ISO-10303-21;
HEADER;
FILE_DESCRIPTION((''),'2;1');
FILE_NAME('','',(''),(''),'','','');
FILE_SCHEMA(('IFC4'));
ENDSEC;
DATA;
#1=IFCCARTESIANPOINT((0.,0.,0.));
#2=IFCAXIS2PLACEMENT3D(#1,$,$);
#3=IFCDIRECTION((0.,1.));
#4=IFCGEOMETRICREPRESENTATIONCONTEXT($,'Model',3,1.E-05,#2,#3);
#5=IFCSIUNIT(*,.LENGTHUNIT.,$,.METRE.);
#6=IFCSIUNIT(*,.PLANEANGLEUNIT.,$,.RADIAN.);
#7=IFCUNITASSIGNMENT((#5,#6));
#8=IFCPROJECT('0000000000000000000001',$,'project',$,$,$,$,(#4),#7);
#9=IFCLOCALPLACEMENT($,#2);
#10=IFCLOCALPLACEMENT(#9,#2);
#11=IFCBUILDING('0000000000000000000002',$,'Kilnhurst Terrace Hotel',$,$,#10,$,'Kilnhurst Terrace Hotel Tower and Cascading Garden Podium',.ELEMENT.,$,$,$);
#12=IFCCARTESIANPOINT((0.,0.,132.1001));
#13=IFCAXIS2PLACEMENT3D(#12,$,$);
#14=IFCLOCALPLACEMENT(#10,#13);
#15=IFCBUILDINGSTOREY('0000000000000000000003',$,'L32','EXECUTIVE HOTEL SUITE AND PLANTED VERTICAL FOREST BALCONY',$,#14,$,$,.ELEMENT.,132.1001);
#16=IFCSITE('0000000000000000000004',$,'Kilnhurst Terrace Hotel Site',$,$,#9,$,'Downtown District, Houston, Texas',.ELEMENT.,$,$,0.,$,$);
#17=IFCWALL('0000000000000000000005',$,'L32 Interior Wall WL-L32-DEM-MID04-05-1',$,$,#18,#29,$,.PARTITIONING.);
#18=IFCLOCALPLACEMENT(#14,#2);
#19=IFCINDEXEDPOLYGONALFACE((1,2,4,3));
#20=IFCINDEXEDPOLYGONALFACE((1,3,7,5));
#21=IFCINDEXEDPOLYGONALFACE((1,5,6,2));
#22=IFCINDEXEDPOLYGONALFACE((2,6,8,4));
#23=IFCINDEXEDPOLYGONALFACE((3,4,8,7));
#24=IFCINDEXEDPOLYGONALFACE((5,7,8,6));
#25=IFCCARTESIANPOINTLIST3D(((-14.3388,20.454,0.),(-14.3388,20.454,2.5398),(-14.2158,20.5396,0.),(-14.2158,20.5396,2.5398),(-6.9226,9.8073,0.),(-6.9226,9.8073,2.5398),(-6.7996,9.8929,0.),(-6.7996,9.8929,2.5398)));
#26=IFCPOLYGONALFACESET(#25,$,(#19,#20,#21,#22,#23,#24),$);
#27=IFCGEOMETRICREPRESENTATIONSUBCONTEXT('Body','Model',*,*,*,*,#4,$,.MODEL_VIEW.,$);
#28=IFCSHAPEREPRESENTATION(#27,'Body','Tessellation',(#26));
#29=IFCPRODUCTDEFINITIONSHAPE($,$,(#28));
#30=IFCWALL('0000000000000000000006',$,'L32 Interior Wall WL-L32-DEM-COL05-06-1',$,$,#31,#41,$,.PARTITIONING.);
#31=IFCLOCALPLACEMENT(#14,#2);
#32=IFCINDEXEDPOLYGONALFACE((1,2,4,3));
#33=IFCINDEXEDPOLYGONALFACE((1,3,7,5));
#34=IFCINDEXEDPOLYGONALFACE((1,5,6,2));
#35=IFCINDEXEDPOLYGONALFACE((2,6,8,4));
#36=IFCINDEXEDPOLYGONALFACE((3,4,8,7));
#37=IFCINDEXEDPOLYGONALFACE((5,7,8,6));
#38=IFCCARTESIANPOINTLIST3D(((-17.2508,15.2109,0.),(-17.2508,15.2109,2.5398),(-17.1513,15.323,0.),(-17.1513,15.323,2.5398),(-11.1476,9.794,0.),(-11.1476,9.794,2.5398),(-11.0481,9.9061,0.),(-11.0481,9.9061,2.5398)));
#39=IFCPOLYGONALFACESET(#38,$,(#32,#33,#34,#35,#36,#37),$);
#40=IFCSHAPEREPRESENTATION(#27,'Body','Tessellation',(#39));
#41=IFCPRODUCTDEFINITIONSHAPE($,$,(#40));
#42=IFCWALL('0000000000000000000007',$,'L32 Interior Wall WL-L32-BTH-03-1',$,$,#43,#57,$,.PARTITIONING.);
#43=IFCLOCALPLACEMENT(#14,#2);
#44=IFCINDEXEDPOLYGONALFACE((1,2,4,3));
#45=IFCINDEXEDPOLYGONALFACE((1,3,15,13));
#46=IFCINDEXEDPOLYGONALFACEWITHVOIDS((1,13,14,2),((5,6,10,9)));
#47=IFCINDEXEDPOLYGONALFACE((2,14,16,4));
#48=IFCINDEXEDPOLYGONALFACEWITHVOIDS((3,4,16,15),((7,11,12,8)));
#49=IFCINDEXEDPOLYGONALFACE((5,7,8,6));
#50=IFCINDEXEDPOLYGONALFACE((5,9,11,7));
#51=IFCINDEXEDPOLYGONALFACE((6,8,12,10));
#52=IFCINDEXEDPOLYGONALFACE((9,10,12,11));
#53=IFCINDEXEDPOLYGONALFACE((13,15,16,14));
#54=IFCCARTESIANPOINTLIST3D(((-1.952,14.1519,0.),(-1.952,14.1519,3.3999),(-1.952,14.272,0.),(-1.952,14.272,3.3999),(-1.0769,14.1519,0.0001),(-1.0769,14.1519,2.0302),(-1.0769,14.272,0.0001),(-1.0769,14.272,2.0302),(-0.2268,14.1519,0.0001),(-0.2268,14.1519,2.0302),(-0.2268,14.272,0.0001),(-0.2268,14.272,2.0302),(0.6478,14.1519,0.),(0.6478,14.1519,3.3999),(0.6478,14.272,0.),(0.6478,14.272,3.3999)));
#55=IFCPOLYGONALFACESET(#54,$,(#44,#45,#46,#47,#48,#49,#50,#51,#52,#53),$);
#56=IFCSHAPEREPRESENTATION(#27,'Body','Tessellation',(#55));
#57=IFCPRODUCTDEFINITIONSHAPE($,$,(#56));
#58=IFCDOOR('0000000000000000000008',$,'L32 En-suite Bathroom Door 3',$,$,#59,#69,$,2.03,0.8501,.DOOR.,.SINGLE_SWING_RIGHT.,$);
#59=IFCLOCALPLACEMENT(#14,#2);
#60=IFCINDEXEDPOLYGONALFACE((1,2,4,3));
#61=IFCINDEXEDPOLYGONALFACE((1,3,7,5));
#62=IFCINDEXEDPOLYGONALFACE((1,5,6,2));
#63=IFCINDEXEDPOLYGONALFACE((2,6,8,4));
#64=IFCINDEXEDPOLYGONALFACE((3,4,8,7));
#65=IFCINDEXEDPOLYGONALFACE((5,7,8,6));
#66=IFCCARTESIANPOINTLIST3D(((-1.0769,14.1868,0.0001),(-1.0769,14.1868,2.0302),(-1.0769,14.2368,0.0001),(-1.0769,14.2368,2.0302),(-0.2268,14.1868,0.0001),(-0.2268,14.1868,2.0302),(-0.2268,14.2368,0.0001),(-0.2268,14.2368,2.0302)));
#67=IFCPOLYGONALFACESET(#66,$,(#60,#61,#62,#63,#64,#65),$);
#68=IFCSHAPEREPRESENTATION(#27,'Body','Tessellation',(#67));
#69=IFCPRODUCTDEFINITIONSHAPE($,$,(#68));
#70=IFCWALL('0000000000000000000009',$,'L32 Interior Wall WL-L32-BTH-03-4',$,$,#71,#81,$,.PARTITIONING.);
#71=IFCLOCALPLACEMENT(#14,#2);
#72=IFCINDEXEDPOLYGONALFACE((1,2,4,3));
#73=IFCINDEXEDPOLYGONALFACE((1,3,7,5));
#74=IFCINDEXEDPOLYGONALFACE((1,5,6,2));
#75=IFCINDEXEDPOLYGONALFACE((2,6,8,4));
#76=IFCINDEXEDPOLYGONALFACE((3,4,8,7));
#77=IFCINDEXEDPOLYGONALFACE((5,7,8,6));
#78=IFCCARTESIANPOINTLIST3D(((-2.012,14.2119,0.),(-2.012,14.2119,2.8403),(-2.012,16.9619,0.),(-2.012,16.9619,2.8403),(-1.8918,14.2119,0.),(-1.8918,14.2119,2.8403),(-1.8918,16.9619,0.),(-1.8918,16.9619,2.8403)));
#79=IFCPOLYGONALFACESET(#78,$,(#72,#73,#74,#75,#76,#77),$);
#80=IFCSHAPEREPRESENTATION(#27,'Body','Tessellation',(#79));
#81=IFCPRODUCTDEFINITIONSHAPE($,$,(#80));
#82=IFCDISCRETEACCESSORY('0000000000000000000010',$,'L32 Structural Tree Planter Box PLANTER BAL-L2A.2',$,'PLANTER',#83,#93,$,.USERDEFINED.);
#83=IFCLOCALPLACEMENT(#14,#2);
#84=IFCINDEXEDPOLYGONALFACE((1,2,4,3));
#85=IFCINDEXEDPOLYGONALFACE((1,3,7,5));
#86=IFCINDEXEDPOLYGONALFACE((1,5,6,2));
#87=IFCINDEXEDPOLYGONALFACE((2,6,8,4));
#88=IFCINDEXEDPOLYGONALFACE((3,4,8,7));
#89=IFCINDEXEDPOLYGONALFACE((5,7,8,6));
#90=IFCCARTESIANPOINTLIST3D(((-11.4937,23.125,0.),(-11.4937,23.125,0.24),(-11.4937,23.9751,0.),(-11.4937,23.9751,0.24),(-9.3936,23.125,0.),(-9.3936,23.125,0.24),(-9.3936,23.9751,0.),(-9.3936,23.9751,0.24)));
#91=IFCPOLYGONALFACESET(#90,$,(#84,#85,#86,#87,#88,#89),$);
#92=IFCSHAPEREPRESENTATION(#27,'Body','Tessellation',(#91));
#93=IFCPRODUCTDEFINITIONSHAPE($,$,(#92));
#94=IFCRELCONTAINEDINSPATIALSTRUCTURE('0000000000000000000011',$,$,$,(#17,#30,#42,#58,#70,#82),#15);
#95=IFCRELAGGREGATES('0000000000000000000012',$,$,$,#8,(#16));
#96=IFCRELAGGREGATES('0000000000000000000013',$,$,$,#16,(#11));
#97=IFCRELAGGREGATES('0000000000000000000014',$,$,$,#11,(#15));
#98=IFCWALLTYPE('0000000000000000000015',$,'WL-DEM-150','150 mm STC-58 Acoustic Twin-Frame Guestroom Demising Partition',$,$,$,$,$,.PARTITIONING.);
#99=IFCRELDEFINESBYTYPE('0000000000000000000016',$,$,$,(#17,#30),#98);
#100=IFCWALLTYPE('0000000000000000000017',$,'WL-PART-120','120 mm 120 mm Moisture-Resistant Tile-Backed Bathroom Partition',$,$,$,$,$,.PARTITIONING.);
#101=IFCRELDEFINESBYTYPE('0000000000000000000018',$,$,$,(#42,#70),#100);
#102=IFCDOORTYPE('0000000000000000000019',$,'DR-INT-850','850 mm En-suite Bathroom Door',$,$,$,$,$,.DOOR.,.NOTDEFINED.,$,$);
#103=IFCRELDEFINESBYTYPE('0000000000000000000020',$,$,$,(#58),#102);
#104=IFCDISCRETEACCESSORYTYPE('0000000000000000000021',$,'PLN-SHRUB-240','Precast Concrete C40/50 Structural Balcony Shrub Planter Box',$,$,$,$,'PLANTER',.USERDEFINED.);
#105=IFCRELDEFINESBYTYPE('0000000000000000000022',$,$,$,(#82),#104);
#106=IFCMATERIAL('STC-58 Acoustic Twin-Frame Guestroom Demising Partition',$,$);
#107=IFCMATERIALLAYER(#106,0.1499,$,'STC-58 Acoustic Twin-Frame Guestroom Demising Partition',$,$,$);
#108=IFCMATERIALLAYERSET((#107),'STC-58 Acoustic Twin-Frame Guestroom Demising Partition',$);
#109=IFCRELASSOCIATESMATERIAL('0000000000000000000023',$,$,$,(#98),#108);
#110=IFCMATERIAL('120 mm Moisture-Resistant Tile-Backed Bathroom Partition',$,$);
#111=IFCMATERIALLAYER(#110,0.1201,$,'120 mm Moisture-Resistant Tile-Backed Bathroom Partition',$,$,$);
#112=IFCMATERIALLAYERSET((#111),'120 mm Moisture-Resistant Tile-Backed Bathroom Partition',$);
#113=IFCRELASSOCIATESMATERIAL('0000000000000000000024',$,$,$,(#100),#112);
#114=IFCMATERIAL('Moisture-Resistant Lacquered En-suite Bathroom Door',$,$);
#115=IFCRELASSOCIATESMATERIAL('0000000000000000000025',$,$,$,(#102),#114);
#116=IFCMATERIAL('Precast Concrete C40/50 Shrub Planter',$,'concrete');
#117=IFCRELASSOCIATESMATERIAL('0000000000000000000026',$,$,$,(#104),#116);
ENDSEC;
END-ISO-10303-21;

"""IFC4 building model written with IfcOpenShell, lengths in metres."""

from ifc_helpers import new_model, si_unit, direction, frame, frame_2d, origin, origin_2d, place, context, subcontext, project, spatial, rectangle, extrude, material, layer, layer_set, type_object, element, fill, save


model = new_model("IFC4")

# Units and contexts
model_context = context("Model", 3, precision=1e-05, world=origin(), true_north=direction((0.0, 1.0)))
body_context = subcontext(model_context, "Body", "Model", "MODEL_VIEW")
ifc_project = project(units=[si_unit("LENGTHUNIT", "METRE"), si_unit("PLANEANGLEUNIT", "RADIAN")], contexts=[model_context])

# Site, building, storey
site_placement = place(None, origin())
site = spatial("IfcSite", under=ifc_project, at=site_placement, Name="Kilnhurst Terrace Hotel Site", LongName="Downtown District, Houston, Texas", CompositionType="ELEMENT", RefElevation=0.0)
building_placement = place(site_placement, origin())
building = spatial("IfcBuilding", under=site, at=building_placement, Name="Kilnhurst Terrace Hotel", LongName="Kilnhurst Terrace Hotel Tower and Cascading Garden Podium", CompositionType="ELEMENT")
storey_placement = place(building_placement, frame((0.0, 0.0, 132.1001)))
storey = spatial("IfcBuildingStorey", under=building, at=storey_placement, Name="L32", Description="EXECUTIVE HOTEL SUITE AND PLANTED VERTICAL FOREST BALCONY", CompositionType="ELEMENT", Elevation=132.1001)

# Walls
ifc_material_1 = material(Name="STC-58 Acoustic Twin-Frame Guestroom Demising Partition")
ifc_layer_1 = layer(ifc_material_1, 0.1499, Name="STC-58 Acoustic Twin-Frame Guestroom Demising Partition")
ifc_layer_set_1 = layer_set([ifc_layer_1], Name="STC-58 Acoustic Twin-Frame Guestroom Demising Partition")
wall_type_1 = type_object("IfcWallType", Name="WL-DEM-150", Description="150 mm STC-58 Acoustic Twin-Frame Guestroom Demising Partition", PredefinedType="PARTITIONING", material=ifc_layer_set_1)
wall_1_placement = place(storey_placement, frame((-6.8611, 9.8501, 0.0), z_axis=(0.0, 0.0, 1.0), x_axis=(-0.571575, 0.82055, 0.0)))
element("IfcWall", 1, at=wall_1_placement, inside=storey, type_object=wall_type_1, Name="L32 Interior Wall WL-L32-DEM-MID04-05-1", PredefinedType="PARTITIONING", context=body_context, shape_type="SweptSolid", body=[
    extrude(rectangle(XDim=12.9751, YDim=0.1499, at=frame_2d((6.4875, 0.0))), origin(), (0.0, 0.0, 1.0), 2.5398),
])
wall_2_placement = place(storey_placement, frame((-11.0979, 9.8501, 0.0), z_axis=(0.0, 0.0, 1.0), x_axis=(-0.747904, 0.663807, 0.0)))
element("IfcWall", 2, at=wall_2_placement, inside=storey, type_object=wall_type_1, Name="L32 Interior Wall WL-L32-DEM-COL05-06-1", PredefinedType="PARTITIONING", context=body_context, shape_type="SweptSolid", body=[
    extrude(rectangle(XDim=8.1604, YDim=0.1499, at=frame_2d((4.0801, 0.0))), origin(), (0.0, 0.0, 1.0), 2.5398),
])

# Wall, opening, door
ifc_material_2 = material(Name="120 mm Moisture-Resistant Tile-Backed Bathroom Partition")
ifc_layer_2 = layer(ifc_material_2, 0.1201, Name="120 mm Moisture-Resistant Tile-Backed Bathroom Partition")
ifc_layer_set_2 = layer_set([ifc_layer_2], Name="120 mm Moisture-Resistant Tile-Backed Bathroom Partition")
wall_type_2 = type_object("IfcWallType", Name="WL-PART-120", Description="120 mm 120 mm Moisture-Resistant Tile-Backed Bathroom Partition", PredefinedType="PARTITIONING", material=ifc_layer_set_2)
wall_3_placement = place(storey_placement, frame((-1.9519, 14.2119, 0.0), z_axis=(0.0, 0.0, 1.0), x_axis=(1.0, 0.0, 0.0)))
wall_3 = element("IfcWall", 3, at=wall_3_placement, inside=storey, type_object=wall_type_2, Name="L32 Interior Wall WL-L32-BTH-03-1", PredefinedType="PARTITIONING", context=body_context, shape_type="SweptSolid", body=[
    extrude(rectangle(XDim=2.5999, YDim=0.1201, at=frame_2d((1.2998, 0.0))), origin(), (0.0, 0.0, 1.0), 3.3999),
])
opening_placement = place(wall_3_placement, frame((0.875, 0.0, 0.0)))
opening = element("IfcOpeningElement", 4, at=opening_placement, cuts=wall_3, PredefinedType="OPENING", context=body_context, shape_type="SweptSolid", body=[
    extrude(rectangle(XDim=0.8501, YDim=2.03, at=frame_2d((0.425, 1.0151))), frame((0.0, 0.0701, 0.0), z_axis=(0.0, -1.0, 0.0), x_axis=(1.0, 0.0, 0.0)), (0.0, 0.0, 1.0), 0.1401),
])
ifc_material_3 = material(Name="Moisture-Resistant Lacquered En-suite Bathroom Door")
door_type = type_object("IfcDoorType", Name="DR-INT-850", Description="850 mm En-suite Bathroom Door", OperationType="NOTDEFINED", PredefinedType="DOOR", material=ifc_material_3)
door_placement = place(opening_placement, origin())
door = element("IfcDoor", 5, at=door_placement, inside=storey, type_object=door_type, Name="L32 En-suite Bathroom Door 3", OperationType="SINGLE_SWING_RIGHT", OverallHeight=2.03, OverallWidth=0.8501, PredefinedType="DOOR", context=body_context, shape_type="SweptSolid", body=[
    extrude(rectangle(XDim=0.8501, YDim=2.03, at=frame_2d((0.425, 1.0151))), frame((0.0, 0.0249, 0.0), z_axis=(0.0, -1.0, 0.0), x_axis=(1.0, 0.0, 0.0)), (0.0, 0.0, 1.0), 0.05),
])
fill(opening, door)

# Wall
wall_4_placement = place(storey_placement, frame((-1.9519, 16.9619, 0.0), z_axis=(0.0, 0.0, 1.0), x_axis=(0.0, -1.0, 0.0)))
element("IfcWall", 6, at=wall_4_placement, inside=storey, type_object=wall_type_2, Name="L32 Interior Wall WL-L32-BTH-03-4", PredefinedType="PARTITIONING", context=body_context, shape_type="SweptSolid", body=[
    extrude(rectangle(XDim=2.75, YDim=0.1201, at=frame_2d((1.375, 0.0))), origin(), (0.0, 0.0, 1.0), 2.8403),
])

# Discrete accessory
ifc_material_4 = material(Name="Precast Concrete C40/50 Shrub Planter", Category="concrete")
discrete_accessory_type = type_object("IfcDiscreteAccessoryType", Name="PLN-SHRUB-240", Description="Precast Concrete C40/50 Structural Balcony Shrub Planter Box", ElementType="PLANTER", PredefinedType="USERDEFINED", material=ifc_material_4)
discrete_accessory_placement = place(storey_placement, frame((-10.4436, 23.55, 0.0), z_axis=(0.0, 0.0, 1.0), x_axis=(-1.0, 0.0, 0.0)))
element("IfcDiscreteAccessory", 7, at=discrete_accessory_placement, inside=storey, type_object=discrete_accessory_type, Name="L32 Structural Tree Planter Box PLANTER BAL-L2A.2", ObjectType="PLANTER", PredefinedType="USERDEFINED", context=body_context, shape_type="SweptSolid", body=[
    extrude(rectangle(XDim=2.1001, YDim=0.8501, at=origin_2d()), origin(), (0.0, 0.0, 1.0), 0.24),
])

save(model, "model.ifc")
